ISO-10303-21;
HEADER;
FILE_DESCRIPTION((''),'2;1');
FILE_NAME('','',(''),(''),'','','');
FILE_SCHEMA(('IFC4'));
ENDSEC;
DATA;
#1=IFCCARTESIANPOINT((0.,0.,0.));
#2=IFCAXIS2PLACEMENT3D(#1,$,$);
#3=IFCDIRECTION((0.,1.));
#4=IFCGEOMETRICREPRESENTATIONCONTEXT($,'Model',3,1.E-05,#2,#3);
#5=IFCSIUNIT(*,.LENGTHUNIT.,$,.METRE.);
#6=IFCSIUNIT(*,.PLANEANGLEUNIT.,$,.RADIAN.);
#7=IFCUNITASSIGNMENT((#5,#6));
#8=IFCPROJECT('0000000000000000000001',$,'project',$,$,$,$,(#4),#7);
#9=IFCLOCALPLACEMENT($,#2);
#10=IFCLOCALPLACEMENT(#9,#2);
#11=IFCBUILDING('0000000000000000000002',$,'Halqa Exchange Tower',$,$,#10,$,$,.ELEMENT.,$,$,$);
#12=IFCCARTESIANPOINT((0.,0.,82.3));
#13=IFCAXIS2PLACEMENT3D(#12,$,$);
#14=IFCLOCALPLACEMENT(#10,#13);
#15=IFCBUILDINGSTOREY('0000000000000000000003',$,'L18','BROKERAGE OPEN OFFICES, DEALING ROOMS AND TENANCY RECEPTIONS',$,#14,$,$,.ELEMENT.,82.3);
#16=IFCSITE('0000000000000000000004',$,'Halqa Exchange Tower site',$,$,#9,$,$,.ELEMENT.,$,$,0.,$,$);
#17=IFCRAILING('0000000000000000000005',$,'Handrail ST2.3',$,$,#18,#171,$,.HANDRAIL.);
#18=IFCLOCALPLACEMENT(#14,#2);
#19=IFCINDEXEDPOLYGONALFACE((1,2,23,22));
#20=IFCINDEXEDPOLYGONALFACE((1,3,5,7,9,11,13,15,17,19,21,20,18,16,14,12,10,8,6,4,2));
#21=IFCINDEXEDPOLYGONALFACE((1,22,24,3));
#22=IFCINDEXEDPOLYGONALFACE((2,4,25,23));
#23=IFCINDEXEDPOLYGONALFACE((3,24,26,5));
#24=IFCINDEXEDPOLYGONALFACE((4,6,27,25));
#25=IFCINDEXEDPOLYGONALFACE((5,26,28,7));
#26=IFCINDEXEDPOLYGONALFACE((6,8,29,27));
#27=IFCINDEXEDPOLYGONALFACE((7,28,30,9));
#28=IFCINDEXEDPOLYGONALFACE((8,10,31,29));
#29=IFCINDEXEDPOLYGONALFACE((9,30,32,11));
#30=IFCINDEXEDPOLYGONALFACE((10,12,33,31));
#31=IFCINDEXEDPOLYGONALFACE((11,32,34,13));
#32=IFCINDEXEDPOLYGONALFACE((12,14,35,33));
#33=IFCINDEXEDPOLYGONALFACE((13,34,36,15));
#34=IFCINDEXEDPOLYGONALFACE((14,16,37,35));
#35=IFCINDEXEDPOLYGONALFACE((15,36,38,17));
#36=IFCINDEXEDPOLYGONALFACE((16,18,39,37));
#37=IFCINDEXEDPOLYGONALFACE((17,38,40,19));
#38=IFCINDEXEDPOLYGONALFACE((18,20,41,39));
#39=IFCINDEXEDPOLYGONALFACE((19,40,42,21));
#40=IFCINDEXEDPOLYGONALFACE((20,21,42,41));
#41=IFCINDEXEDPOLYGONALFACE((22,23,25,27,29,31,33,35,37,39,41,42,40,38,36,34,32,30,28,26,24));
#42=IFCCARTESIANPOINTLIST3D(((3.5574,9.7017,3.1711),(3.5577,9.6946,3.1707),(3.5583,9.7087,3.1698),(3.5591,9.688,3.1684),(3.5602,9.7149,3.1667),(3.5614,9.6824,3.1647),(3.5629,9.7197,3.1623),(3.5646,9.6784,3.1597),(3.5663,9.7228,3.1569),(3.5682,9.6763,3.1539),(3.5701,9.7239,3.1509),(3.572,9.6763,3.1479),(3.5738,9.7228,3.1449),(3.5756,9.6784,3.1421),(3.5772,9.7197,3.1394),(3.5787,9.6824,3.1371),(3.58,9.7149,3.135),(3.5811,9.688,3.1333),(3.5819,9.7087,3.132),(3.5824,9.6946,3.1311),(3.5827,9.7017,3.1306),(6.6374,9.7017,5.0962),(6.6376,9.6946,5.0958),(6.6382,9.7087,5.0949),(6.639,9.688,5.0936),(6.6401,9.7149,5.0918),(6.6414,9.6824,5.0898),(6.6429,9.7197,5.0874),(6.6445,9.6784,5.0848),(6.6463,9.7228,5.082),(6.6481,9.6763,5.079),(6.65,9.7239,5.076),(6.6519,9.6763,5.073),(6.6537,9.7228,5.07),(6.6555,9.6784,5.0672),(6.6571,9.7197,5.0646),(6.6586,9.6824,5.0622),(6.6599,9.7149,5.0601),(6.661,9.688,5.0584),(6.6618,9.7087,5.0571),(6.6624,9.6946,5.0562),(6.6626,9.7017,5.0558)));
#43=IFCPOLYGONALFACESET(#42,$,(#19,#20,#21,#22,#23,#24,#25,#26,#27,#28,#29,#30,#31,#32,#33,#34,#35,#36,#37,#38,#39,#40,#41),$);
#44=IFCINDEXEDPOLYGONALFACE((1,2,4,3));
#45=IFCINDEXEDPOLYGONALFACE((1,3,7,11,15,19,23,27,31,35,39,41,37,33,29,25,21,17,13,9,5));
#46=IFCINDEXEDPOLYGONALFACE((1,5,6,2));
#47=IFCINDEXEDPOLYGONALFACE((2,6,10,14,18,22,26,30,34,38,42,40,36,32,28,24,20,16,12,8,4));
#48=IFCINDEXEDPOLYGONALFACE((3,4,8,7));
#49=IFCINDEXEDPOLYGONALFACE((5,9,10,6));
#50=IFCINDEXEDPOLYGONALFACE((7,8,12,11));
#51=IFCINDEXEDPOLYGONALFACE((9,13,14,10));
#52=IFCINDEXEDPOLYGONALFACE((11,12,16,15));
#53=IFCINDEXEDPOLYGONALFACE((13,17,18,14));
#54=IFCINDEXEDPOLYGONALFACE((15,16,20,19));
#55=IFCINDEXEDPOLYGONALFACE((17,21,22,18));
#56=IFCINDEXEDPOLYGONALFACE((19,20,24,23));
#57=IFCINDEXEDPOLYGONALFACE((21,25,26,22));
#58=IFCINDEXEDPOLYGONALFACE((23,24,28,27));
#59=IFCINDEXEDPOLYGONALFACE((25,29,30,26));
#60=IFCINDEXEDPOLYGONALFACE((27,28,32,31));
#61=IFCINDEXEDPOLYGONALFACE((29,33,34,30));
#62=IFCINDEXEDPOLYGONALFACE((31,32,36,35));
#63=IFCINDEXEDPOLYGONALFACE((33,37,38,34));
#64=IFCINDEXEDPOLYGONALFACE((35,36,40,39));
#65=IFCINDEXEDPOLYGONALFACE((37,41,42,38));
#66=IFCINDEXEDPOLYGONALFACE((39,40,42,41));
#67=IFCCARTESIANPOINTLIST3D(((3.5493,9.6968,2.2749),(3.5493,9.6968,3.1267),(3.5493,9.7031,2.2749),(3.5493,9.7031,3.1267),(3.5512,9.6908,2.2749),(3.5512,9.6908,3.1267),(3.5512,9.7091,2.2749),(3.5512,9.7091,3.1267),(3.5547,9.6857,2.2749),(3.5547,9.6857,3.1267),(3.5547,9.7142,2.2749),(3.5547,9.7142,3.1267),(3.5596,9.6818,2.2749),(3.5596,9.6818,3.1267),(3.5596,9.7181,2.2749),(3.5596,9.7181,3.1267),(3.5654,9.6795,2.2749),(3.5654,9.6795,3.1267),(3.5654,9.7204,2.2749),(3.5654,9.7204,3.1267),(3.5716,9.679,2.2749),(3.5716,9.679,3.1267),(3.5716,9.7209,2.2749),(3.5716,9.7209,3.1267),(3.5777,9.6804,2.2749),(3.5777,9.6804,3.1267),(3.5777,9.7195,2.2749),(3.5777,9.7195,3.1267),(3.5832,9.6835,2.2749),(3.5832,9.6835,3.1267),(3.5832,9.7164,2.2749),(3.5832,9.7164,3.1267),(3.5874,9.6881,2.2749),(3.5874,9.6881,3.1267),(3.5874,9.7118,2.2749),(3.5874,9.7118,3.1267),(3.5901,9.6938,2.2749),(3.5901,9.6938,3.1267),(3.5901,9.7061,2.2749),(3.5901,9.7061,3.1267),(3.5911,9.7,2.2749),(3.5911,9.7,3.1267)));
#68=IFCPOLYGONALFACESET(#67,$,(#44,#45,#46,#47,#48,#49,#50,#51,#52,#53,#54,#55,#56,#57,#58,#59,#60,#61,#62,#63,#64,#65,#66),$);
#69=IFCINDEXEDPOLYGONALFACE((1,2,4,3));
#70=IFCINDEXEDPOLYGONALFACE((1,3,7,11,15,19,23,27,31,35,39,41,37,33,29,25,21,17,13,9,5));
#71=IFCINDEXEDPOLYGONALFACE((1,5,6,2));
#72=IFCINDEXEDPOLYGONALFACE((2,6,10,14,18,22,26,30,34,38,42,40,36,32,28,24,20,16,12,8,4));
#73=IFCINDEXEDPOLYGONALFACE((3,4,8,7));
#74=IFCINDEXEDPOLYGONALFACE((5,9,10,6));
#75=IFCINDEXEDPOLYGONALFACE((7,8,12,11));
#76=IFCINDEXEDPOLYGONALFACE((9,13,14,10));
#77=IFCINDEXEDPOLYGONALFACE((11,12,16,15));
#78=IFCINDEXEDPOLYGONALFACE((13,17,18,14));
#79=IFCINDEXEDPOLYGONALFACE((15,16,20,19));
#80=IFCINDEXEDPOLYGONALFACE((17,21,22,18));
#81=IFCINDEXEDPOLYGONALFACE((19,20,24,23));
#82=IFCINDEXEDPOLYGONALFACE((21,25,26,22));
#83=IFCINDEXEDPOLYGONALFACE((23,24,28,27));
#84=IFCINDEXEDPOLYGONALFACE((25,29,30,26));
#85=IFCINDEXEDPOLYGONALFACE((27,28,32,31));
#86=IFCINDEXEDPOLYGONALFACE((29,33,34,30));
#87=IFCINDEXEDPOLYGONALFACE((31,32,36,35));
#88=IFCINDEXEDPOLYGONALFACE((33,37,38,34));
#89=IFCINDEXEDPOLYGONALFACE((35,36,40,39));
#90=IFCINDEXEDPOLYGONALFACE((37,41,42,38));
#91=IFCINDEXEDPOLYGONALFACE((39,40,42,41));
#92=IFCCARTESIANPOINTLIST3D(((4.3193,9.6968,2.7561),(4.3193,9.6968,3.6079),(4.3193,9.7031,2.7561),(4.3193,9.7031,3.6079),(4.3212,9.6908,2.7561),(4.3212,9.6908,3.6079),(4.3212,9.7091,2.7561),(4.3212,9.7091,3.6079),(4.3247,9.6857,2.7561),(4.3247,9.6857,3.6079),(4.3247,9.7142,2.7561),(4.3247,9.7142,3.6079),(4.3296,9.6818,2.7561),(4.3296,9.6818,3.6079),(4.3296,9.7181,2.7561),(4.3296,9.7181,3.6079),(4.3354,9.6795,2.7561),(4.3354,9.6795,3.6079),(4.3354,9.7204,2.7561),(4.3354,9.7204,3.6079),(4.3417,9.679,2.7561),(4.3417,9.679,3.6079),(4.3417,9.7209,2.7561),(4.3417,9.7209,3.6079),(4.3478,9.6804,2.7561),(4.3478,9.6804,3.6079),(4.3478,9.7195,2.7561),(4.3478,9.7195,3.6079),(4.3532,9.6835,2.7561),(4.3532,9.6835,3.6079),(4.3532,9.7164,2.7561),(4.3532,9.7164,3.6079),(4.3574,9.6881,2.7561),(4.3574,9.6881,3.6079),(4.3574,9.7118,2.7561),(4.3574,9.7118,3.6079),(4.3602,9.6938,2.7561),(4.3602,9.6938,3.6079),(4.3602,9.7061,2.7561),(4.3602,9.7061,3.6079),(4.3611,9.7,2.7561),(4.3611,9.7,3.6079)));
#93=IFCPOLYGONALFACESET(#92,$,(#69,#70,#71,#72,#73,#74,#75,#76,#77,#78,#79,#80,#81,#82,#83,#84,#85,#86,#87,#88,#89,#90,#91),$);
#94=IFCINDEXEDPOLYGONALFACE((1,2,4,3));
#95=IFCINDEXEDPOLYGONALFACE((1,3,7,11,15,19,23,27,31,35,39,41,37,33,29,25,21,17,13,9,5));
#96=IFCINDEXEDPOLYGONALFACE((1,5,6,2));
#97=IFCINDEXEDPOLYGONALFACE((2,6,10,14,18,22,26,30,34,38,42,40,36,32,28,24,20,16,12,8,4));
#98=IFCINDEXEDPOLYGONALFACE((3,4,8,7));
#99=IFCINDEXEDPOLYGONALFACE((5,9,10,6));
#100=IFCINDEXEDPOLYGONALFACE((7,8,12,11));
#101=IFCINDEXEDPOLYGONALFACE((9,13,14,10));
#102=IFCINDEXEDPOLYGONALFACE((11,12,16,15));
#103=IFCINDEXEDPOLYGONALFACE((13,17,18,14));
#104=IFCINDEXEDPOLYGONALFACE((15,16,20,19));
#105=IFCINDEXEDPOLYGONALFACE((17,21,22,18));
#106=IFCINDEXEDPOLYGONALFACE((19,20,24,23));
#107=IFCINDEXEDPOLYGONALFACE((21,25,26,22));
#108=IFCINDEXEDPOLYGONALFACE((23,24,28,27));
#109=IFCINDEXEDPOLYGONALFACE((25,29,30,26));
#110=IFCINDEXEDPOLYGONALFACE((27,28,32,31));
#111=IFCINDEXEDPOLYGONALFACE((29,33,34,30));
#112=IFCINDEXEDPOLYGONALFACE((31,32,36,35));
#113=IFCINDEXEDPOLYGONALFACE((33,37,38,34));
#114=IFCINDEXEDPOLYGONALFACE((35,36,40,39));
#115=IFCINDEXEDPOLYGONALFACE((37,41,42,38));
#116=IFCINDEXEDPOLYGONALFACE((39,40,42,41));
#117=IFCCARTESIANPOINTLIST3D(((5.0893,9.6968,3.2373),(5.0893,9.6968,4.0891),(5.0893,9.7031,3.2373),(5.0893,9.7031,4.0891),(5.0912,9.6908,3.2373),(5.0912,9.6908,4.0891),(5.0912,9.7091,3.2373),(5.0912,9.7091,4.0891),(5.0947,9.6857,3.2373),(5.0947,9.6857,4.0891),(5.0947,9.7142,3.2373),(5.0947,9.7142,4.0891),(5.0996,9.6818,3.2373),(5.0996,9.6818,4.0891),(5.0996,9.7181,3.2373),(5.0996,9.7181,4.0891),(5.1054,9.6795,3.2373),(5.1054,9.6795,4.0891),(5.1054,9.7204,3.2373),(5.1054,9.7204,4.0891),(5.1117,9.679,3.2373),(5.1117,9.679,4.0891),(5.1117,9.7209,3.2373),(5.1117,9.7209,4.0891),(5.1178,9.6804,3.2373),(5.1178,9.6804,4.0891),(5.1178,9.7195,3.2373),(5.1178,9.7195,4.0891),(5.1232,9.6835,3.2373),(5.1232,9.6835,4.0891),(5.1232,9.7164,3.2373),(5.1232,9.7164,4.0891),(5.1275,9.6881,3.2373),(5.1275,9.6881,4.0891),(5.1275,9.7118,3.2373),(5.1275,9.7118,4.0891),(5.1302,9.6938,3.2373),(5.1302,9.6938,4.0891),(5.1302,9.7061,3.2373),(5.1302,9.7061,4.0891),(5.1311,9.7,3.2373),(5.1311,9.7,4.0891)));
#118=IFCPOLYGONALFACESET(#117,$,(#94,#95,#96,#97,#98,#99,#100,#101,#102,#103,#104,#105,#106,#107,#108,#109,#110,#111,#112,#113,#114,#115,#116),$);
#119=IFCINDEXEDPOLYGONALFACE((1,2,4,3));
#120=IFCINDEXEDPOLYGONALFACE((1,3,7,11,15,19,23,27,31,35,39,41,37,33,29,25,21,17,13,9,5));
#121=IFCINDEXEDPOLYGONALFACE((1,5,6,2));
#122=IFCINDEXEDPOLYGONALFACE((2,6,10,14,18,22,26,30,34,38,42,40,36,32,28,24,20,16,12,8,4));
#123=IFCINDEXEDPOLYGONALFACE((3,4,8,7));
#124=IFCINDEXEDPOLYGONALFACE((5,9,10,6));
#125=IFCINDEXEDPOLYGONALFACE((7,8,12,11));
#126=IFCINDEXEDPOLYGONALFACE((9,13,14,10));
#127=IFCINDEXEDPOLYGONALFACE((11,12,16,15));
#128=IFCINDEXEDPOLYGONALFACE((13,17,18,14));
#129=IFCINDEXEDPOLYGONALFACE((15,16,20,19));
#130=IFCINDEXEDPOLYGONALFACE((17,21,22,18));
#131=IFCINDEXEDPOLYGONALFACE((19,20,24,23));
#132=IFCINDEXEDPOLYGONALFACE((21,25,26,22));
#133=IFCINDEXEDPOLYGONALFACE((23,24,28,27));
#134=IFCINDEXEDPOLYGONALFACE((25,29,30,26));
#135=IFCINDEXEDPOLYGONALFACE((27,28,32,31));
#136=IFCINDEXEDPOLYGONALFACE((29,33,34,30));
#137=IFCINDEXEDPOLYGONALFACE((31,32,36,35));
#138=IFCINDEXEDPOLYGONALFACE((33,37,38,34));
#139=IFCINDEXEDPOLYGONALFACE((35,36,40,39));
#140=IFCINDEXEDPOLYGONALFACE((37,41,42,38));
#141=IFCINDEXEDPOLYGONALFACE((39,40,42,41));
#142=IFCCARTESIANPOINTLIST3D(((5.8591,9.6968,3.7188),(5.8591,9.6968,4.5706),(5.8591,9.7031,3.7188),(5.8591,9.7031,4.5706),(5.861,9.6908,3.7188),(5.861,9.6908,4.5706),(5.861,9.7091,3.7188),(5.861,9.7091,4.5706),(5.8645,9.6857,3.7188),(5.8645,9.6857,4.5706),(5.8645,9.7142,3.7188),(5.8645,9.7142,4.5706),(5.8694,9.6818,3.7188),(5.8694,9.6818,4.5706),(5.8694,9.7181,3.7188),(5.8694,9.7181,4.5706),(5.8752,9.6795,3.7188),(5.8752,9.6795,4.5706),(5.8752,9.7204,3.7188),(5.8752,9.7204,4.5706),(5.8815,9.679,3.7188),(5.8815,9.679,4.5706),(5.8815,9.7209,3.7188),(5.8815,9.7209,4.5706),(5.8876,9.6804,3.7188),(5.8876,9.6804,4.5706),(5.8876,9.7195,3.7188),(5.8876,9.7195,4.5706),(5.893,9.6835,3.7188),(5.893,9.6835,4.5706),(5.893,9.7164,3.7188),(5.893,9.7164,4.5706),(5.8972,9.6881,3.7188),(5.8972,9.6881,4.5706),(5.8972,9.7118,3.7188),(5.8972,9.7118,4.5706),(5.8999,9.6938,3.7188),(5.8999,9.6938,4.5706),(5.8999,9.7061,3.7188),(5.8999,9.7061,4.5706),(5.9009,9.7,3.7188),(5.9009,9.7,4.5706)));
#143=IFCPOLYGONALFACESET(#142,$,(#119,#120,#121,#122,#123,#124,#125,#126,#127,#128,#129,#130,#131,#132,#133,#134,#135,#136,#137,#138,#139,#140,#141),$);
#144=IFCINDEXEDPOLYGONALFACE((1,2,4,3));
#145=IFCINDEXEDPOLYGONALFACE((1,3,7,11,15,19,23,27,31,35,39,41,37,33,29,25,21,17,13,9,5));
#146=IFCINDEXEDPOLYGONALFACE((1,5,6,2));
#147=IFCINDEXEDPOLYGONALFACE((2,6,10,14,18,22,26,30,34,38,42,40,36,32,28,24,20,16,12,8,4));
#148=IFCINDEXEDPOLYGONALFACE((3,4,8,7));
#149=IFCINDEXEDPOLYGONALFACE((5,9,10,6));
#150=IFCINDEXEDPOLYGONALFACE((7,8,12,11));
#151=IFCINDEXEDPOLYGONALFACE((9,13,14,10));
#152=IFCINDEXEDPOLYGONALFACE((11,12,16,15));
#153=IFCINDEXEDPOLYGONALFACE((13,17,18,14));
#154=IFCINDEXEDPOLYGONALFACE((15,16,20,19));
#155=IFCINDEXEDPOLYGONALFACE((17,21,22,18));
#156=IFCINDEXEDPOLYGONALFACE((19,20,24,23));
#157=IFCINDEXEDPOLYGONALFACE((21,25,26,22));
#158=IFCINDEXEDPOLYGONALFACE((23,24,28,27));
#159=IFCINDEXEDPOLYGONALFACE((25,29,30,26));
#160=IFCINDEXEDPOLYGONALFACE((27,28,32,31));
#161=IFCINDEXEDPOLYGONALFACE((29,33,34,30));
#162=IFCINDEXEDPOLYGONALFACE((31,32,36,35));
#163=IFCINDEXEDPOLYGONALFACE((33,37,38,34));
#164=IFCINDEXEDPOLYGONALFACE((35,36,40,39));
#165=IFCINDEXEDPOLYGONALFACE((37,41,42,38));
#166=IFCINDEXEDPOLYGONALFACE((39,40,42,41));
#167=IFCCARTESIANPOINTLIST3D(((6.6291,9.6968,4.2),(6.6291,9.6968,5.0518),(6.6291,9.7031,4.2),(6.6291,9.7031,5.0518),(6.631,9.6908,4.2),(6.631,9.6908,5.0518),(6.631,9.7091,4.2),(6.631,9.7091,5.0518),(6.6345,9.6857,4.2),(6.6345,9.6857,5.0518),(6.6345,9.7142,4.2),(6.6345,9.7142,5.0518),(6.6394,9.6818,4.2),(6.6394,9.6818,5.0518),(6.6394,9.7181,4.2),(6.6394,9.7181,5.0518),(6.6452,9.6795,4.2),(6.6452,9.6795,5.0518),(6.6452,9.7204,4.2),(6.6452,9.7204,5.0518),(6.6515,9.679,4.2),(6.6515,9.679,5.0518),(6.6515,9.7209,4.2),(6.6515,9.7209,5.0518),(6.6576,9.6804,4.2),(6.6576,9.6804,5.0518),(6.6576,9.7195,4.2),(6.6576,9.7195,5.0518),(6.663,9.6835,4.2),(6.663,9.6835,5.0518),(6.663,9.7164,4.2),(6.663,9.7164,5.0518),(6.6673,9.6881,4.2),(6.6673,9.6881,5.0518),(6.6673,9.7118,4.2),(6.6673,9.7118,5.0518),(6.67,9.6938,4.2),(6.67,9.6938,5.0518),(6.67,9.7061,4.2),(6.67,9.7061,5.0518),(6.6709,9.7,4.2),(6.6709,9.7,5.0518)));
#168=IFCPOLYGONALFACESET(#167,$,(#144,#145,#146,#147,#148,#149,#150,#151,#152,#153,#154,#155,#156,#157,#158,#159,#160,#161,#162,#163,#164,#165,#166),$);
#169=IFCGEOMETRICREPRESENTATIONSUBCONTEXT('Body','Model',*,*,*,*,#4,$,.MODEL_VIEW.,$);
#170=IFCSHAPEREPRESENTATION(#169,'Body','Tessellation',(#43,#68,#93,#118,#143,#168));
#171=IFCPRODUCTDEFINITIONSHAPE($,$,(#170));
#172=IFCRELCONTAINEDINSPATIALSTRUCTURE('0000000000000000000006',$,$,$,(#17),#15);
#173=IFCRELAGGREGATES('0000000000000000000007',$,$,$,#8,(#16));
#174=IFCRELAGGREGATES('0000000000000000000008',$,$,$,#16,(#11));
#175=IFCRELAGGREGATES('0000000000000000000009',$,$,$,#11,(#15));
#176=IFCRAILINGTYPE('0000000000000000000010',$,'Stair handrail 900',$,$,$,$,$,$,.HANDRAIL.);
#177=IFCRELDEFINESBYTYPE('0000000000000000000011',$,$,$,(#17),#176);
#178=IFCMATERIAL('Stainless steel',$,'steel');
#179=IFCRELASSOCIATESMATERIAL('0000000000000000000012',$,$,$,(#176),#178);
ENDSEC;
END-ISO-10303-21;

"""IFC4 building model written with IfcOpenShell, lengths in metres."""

from ifc_helpers import new_model, si_unit, direction, frame, origin, origin_2d, place, context, subcontext, project, spatial, circle, extrude, material, type_object, element, save


model = new_model("IFC4")

# Units and contexts
model_context = context("Model", 3, precision=1e-05, world=origin(), true_north=direction((0.0, 1.0)))
body_context = subcontext(model_context, "Body", "Model", "MODEL_VIEW")
ifc_project = project(units=[si_unit("LENGTHUNIT", "METRE"), si_unit("PLANEANGLEUNIT", "RADIAN")], contexts=[model_context])

# Site, building, storey
site_placement = place(None, origin())
site = spatial("IfcSite", under=ifc_project, at=site_placement, Name="Halqa Exchange Tower site", CompositionType="ELEMENT", RefElevation=0.0)
building_placement = place(site_placement, origin())
building = spatial("IfcBuilding", under=site, at=building_placement, Name="Halqa Exchange Tower", CompositionType="ELEMENT")
storey_placement = place(building_placement, frame((0.0, 0.0, 82.3)))
storey = spatial("IfcBuildingStorey", under=building, at=storey_placement, Name="L18", Description="BROKERAGE OPEN OFFICES, DEALING ROOMS AND TENANCY RECEPTIONS", CompositionType="ELEMENT", Elevation=82.3)

# Railing
ifc_material_1 = material(Name="Stainless steel", Category="steel")
railing_type_1 = type_object("IfcRailingType", Name="Stair handrail 900", PredefinedType="HANDRAIL", material=ifc_material_1)
railing_1_placement = place(storey_placement, frame((3.5701, 9.7, 2.2749)))
element("IfcRailing", 1, at=railing_1_placement, inside=storey, type_object=railing_type_1, Name="Handrail ST2.3", PredefinedType="HANDRAIL", context=body_context, shape_type="SweptSolid", body=[
    extrude(circle(Radius=0.0239, at=origin_2d()), frame((0.0, 0.0, 0.876), z_axis=(0.847979, 0.0, 0.530029), x_axis=(0.0, 1.0, 0.0)), (0.0, 0.0, 1.0), 3.6321),
    extrude(circle(Radius=0.021, at=origin_2d()), origin(), (0.0, 0.0, 1.0), 0.8518),
    extrude(circle(Radius=0.021, at=origin_2d()), frame((0.77, 0.0, 0.4812)), (0.0, 0.0, 1.0), 0.8518),
    extrude(circle(Radius=0.021, at=origin_2d()), frame((1.54, 0.0, 0.9624)), (0.0, 0.0, 1.0), 0.8518),
    extrude(circle(Radius=0.021, at=origin_2d()), frame((2.3098, 0.0, 1.4438)), (0.0, 0.0, 1.0), 0.8518),
    extrude(circle(Radius=0.021, at=origin_2d()), frame((3.0798, 0.0, 1.925)), (0.0, 0.0, 1.0), 0.8518),
])

save(model, "model.ifc")
